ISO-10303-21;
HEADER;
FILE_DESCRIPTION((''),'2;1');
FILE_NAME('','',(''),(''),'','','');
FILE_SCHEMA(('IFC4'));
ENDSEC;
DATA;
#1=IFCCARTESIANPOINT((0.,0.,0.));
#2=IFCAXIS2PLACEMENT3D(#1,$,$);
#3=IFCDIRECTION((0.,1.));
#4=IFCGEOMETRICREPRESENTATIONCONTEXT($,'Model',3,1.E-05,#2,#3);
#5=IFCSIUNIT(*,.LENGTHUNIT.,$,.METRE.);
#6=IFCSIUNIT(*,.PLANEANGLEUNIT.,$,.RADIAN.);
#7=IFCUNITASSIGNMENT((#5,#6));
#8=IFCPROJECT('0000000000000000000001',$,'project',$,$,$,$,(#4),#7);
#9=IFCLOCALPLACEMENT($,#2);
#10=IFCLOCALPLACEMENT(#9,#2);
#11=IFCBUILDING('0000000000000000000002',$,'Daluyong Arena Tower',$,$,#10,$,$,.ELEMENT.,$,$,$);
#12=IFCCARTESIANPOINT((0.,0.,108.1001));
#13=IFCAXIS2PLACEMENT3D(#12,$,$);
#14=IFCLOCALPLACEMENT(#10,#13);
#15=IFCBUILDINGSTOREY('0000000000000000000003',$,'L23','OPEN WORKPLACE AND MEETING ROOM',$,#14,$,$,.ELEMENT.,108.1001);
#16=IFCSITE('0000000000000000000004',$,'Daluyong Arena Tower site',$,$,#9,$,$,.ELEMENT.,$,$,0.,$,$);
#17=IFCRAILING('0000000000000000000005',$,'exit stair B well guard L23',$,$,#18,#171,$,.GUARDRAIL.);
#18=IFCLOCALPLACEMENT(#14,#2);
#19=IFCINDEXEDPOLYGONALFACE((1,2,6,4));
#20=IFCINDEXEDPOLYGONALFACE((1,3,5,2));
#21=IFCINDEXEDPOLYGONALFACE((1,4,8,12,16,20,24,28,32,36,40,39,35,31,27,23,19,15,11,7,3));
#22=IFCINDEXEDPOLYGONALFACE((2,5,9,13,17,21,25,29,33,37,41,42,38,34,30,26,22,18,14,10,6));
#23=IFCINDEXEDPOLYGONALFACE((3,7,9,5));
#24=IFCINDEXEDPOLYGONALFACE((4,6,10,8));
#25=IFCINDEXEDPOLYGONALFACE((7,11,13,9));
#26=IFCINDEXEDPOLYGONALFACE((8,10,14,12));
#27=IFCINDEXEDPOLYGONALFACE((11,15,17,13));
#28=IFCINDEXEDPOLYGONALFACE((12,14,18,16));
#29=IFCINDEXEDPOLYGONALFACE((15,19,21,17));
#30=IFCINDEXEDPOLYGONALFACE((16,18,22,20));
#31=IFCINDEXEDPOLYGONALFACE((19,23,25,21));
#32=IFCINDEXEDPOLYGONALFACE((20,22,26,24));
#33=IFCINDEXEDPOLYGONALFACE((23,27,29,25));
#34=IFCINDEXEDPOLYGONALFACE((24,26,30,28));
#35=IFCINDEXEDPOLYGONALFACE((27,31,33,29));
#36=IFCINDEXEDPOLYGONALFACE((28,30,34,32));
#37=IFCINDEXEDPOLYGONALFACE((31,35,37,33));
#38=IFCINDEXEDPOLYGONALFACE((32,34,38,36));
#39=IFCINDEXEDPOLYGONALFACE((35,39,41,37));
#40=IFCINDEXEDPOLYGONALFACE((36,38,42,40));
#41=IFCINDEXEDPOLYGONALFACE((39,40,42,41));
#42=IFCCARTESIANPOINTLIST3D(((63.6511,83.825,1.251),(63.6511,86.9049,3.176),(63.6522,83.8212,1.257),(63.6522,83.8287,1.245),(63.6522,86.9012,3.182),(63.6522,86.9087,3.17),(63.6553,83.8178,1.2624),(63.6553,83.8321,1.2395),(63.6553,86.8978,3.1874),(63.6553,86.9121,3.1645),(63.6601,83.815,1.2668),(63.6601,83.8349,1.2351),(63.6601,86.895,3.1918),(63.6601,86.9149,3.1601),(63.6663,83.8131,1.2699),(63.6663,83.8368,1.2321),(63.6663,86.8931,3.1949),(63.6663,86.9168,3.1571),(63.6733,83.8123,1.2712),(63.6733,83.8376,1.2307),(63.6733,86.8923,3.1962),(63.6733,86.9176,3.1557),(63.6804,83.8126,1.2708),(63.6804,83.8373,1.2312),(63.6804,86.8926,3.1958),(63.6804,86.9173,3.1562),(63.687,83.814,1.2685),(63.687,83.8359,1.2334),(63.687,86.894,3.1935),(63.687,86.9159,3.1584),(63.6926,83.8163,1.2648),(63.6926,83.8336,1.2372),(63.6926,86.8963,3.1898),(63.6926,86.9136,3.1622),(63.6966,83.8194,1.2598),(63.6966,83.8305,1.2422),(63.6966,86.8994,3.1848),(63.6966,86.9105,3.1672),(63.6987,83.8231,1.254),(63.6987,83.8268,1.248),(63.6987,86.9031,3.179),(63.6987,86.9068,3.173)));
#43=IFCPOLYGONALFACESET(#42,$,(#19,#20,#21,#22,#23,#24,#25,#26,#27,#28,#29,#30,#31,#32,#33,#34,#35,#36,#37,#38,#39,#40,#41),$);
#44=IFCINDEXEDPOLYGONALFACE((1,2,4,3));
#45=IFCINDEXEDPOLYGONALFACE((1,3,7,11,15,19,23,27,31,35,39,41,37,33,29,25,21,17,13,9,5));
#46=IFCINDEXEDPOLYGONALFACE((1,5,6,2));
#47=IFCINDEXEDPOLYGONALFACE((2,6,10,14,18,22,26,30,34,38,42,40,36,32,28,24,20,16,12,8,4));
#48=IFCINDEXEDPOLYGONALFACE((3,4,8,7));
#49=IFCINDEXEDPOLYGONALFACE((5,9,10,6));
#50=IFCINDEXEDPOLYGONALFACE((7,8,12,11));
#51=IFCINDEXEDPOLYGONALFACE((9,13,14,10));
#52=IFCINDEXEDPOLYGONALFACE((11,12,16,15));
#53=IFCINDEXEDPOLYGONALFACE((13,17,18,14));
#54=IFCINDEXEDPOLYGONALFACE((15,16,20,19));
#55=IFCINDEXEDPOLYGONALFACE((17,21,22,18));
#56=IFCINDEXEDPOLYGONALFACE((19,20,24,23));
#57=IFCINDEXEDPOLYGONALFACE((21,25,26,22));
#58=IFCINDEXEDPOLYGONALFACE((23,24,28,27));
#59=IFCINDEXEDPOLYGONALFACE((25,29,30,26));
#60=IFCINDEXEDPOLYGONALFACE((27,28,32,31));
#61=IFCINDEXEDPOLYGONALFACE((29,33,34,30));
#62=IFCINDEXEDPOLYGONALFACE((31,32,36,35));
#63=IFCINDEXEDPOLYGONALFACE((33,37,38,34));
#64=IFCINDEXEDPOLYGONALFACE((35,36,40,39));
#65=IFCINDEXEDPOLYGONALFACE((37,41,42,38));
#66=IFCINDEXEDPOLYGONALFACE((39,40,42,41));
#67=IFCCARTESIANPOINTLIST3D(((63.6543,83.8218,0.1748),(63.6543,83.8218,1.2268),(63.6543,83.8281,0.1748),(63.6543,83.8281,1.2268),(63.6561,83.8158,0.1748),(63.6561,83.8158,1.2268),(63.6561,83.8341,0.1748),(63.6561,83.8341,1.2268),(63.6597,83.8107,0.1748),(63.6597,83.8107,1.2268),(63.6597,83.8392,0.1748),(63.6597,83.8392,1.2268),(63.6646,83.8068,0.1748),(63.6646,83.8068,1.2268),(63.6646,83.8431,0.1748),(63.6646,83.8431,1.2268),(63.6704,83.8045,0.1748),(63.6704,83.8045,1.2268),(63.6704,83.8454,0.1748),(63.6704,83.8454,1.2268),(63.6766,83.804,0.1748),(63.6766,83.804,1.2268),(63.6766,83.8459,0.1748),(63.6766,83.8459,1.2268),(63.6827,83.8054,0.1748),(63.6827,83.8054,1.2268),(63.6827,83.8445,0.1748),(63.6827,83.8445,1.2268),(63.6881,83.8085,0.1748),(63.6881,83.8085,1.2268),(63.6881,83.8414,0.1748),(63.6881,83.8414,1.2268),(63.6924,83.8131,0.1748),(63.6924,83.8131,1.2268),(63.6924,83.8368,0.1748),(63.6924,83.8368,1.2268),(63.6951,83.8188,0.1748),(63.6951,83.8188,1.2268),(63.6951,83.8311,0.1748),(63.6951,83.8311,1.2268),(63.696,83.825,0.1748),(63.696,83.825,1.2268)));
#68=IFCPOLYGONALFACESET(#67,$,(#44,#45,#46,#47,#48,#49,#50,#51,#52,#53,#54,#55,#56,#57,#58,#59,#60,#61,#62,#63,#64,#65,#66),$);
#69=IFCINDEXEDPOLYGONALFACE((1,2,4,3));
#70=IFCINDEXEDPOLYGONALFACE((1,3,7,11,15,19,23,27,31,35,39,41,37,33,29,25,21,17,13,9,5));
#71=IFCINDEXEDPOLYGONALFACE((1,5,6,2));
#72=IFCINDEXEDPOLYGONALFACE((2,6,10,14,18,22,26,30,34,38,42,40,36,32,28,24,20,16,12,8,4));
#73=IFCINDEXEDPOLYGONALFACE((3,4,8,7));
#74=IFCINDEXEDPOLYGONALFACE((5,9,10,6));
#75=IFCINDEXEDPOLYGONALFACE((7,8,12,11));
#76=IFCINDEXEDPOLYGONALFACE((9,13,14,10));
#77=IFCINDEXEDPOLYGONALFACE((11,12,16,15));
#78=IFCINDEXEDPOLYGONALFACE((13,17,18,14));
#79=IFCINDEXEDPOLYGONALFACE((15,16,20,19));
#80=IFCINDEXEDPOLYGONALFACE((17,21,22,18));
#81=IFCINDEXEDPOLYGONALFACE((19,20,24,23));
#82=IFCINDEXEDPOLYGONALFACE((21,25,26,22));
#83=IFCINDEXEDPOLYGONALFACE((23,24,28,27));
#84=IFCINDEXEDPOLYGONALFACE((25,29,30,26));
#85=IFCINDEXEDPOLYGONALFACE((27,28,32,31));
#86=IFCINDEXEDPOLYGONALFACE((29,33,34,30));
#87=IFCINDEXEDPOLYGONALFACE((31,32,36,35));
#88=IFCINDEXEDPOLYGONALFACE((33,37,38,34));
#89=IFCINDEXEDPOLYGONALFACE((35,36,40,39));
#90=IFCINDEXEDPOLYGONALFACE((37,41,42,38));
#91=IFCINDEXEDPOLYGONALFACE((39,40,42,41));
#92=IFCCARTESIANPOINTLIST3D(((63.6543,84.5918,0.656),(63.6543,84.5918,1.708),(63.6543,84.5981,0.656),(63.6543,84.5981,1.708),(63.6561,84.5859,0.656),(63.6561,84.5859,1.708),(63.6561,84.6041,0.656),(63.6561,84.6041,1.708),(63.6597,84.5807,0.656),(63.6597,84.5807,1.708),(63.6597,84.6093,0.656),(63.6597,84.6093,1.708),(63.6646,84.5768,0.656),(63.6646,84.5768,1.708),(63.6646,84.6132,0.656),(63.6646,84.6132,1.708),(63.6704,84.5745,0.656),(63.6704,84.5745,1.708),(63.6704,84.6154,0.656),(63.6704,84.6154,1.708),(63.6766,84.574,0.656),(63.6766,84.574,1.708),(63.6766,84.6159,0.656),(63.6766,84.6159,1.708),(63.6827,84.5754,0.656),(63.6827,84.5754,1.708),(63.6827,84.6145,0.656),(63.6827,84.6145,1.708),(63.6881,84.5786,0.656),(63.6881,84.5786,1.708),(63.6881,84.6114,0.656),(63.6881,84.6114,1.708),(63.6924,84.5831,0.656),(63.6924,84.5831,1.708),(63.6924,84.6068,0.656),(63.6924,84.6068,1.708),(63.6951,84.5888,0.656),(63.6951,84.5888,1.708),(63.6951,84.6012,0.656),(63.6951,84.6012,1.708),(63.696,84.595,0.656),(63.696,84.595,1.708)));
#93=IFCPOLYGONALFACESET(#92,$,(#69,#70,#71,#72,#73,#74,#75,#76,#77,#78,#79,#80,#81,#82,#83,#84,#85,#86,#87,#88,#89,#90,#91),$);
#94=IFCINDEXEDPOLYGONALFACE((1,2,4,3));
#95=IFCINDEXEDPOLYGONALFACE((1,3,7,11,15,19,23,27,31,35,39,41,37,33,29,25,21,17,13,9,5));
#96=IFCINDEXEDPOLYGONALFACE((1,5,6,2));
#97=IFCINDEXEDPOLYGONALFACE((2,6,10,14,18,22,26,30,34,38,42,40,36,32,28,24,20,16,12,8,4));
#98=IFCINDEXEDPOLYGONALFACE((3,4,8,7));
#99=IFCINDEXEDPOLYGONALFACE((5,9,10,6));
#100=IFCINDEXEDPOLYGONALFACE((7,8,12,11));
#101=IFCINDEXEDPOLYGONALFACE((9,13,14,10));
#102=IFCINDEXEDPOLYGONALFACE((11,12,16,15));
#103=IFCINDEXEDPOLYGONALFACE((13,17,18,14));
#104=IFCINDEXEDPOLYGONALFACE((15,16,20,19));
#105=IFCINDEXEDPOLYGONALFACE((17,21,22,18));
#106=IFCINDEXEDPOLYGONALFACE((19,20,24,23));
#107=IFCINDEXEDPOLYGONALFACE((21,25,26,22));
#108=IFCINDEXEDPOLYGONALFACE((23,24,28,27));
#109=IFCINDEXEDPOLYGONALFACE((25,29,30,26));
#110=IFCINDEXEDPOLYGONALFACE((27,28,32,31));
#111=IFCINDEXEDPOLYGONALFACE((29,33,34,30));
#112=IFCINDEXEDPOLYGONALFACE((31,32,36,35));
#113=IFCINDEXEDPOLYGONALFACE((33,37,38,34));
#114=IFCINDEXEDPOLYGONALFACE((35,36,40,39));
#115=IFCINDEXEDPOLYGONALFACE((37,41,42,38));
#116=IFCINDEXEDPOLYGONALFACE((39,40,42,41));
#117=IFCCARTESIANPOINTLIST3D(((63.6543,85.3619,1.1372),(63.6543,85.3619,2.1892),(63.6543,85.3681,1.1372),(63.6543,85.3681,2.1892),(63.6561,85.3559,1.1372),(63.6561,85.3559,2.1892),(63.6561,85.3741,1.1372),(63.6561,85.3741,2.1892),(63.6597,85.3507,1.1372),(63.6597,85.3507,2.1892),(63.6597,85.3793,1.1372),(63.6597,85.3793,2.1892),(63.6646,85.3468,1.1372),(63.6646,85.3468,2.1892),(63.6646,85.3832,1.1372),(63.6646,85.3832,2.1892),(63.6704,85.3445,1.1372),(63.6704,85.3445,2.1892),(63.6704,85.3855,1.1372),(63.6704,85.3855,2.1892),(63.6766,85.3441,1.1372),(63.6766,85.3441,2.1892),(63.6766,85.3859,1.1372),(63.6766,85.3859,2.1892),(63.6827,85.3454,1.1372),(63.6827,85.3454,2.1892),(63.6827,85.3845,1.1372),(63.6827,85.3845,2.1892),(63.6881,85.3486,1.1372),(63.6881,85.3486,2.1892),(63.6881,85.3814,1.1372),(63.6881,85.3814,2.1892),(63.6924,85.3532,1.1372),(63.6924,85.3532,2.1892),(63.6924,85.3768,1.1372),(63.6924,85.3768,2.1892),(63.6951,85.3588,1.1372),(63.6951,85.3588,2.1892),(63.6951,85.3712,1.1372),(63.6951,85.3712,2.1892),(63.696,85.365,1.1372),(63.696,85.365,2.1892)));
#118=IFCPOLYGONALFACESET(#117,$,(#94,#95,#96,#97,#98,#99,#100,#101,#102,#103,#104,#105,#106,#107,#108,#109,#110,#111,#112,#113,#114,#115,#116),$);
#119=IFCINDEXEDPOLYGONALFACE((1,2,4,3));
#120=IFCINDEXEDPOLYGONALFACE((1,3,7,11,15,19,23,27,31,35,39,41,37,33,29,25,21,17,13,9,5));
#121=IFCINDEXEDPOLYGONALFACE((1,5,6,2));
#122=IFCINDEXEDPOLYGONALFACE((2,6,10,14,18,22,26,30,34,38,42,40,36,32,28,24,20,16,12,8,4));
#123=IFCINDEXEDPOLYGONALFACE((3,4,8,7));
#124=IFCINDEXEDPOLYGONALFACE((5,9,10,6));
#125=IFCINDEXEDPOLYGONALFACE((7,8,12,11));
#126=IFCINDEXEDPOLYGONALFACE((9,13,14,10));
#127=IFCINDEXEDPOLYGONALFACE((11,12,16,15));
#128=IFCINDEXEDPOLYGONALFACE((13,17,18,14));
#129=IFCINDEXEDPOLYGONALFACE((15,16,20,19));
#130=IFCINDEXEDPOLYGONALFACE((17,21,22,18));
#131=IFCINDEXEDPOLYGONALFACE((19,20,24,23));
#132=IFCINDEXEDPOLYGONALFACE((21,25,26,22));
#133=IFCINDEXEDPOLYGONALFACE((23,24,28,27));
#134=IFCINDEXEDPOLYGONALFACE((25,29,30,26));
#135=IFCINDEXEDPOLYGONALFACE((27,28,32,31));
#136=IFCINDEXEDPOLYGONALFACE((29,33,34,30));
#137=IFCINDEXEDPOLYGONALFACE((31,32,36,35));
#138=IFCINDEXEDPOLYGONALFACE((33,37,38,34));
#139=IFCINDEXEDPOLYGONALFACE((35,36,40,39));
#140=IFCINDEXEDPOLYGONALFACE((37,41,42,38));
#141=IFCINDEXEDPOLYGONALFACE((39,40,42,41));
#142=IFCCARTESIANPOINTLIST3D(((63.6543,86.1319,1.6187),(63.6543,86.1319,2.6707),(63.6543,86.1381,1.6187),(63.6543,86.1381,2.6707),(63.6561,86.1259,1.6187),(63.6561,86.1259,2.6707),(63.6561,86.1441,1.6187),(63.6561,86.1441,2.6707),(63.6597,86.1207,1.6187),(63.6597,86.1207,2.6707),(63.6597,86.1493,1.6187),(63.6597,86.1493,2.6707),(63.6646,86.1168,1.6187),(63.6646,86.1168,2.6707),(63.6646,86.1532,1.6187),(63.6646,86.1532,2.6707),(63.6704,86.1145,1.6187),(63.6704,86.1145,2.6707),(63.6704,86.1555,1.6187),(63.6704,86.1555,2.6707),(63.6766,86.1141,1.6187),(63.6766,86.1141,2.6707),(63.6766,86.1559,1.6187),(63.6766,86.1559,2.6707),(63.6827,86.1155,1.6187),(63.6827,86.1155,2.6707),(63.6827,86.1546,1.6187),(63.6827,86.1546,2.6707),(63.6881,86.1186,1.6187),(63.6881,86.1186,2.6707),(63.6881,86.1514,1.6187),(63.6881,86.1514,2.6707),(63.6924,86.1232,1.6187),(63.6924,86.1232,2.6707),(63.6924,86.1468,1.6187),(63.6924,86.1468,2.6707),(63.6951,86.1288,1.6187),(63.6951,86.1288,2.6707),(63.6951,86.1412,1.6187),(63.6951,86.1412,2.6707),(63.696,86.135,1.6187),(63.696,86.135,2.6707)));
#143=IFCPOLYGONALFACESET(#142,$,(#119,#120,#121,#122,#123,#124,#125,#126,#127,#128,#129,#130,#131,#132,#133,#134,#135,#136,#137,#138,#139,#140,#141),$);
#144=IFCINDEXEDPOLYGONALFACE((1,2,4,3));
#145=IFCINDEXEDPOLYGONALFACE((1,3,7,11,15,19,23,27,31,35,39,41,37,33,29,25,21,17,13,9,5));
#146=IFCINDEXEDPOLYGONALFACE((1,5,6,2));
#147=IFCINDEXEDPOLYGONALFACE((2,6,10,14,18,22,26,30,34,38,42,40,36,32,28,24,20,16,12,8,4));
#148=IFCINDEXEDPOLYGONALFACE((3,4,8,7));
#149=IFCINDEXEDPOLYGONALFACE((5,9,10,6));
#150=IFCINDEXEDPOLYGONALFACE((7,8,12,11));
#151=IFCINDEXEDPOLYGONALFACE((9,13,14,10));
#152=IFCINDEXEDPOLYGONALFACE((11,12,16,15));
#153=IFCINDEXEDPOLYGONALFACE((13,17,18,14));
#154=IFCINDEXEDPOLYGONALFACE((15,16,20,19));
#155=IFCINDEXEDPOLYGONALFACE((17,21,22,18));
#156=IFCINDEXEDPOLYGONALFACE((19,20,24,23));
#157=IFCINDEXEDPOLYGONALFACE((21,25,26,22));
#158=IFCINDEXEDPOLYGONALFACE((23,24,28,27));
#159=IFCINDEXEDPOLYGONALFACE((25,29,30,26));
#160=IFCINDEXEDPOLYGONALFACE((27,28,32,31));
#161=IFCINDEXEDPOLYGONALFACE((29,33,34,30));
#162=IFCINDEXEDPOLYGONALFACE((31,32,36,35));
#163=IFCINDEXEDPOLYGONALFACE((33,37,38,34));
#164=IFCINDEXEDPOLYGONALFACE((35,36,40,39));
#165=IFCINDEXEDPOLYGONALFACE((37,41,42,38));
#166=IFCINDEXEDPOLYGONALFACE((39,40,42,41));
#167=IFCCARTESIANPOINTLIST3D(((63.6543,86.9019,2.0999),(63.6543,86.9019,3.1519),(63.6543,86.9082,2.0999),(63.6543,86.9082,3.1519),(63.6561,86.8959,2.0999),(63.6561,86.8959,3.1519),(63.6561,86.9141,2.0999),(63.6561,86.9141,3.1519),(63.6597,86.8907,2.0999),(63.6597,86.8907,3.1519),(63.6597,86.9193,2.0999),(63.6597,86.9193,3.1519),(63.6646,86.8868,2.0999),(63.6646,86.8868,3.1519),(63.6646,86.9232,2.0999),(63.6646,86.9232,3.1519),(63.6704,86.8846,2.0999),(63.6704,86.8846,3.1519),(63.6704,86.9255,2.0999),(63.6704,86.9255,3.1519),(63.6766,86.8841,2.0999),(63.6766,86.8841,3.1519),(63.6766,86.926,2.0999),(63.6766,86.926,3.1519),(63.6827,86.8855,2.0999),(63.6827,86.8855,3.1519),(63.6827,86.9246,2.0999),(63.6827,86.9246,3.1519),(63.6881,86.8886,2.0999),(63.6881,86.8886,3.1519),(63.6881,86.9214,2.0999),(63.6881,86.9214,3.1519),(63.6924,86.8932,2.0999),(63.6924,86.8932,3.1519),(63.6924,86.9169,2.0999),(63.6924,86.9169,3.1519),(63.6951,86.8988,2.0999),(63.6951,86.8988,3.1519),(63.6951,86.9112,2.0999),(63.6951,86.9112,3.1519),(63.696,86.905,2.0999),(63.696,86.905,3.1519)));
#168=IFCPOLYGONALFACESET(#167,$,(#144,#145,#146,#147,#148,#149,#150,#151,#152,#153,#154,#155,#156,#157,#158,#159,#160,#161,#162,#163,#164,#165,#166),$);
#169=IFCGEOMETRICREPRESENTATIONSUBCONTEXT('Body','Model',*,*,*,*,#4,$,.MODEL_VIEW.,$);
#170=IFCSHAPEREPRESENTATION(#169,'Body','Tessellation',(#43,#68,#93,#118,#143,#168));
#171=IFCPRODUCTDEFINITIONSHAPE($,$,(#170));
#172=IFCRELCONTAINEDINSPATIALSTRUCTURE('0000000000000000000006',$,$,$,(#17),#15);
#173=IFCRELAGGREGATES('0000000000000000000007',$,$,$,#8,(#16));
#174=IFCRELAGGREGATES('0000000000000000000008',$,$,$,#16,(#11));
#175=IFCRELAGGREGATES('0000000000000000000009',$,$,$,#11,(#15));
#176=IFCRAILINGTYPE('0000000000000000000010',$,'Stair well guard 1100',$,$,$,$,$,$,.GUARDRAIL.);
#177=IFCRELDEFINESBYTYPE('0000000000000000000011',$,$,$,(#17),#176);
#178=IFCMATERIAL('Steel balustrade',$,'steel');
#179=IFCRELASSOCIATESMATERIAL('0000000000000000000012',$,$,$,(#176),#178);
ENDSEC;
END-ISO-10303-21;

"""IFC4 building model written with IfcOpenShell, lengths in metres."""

from ifc_helpers import new_model, si_unit, direction, frame, origin, origin_2d, place, context, subcontext, project, spatial, circle, extrude, material, type_object, element, save


model = new_model("IFC4")

# Units and contexts
model_context = context("Model", 3, precision=1e-05, world=origin(), true_north=direction((0.0, 1.0)))
body_context = subcontext(model_context, "Body", "Model", "MODEL_VIEW")
ifc_project = project(units=[si_unit("LENGTHUNIT", "METRE"), si_unit("PLANEANGLEUNIT", "RADIAN")], contexts=[model_context])

# Site, building, storey
site_placement = place(None, origin())
site = spatial("IfcSite", under=ifc_project, at=site_placement, Name="Daluyong Arena Tower site", CompositionType="ELEMENT", RefElevation=0.0)
building_placement = place(site_placement, origin())
building = spatial("IfcBuilding", under=site, at=building_placement, Name="Daluyong Arena Tower", CompositionType="ELEMENT")
storey_placement = place(building_placement, frame((0.0, 0.0, 108.1001)))
storey = spatial("IfcBuildingStorey", under=building, at=storey_placement, Name="L23", Description="OPEN WORKPLACE AND MEETING ROOM", CompositionType="ELEMENT", Elevation=108.1001)

# Railing
ifc_material_1 = material(Name="Steel balustrade", Category="steel")
railing_type_1 = type_object("IfcRailingType", Name="Stair well guard 1100", PredefinedType="GUARDRAIL", material=ifc_material_1)
railing_1_placement = place(storey_placement, frame((63.675, 83.825, 0.1748)))
element("IfcRailing", 1, at=railing_1_placement, inside=storey, type_object=railing_type_1, Name="exit stair B well guard L23", PredefinedType="GUARDRAIL", context=body_context, shape_type="SweptSolid", body=[
    extrude(circle(Radius=0.0239, at=origin_2d()), frame((0.0, 0.0, 1.0762), z_axis=(0.0, 0.847998, 0.529999), x_axis=(-1.0, 0.0, 0.0)), (0.0, 0.0, 1.0), 3.6321),
    extrude(circle(Radius=0.021, at=origin_2d()), origin(), (0.0, 0.0, 1.0), 1.052),
    extrude(circle(Radius=0.021, at=origin_2d()), frame((0.0, 0.77, 0.4812)), (0.0, 0.0, 1.0), 1.052),
    extrude(circle(Radius=0.021, at=origin_2d()), frame((0.0, 1.54, 0.9624)), (0.0, 0.0, 1.0), 1.052),
    extrude(circle(Radius=0.021, at=origin_2d()), frame((0.0, 2.3101, 1.4438)), (0.0, 0.0, 1.0), 1.052),
    extrude(circle(Radius=0.021, at=origin_2d()), frame((0.0, 3.0801, 1.925)), (0.0, 0.0, 1.0), 1.052),
])

save(model, "model.ifc")
